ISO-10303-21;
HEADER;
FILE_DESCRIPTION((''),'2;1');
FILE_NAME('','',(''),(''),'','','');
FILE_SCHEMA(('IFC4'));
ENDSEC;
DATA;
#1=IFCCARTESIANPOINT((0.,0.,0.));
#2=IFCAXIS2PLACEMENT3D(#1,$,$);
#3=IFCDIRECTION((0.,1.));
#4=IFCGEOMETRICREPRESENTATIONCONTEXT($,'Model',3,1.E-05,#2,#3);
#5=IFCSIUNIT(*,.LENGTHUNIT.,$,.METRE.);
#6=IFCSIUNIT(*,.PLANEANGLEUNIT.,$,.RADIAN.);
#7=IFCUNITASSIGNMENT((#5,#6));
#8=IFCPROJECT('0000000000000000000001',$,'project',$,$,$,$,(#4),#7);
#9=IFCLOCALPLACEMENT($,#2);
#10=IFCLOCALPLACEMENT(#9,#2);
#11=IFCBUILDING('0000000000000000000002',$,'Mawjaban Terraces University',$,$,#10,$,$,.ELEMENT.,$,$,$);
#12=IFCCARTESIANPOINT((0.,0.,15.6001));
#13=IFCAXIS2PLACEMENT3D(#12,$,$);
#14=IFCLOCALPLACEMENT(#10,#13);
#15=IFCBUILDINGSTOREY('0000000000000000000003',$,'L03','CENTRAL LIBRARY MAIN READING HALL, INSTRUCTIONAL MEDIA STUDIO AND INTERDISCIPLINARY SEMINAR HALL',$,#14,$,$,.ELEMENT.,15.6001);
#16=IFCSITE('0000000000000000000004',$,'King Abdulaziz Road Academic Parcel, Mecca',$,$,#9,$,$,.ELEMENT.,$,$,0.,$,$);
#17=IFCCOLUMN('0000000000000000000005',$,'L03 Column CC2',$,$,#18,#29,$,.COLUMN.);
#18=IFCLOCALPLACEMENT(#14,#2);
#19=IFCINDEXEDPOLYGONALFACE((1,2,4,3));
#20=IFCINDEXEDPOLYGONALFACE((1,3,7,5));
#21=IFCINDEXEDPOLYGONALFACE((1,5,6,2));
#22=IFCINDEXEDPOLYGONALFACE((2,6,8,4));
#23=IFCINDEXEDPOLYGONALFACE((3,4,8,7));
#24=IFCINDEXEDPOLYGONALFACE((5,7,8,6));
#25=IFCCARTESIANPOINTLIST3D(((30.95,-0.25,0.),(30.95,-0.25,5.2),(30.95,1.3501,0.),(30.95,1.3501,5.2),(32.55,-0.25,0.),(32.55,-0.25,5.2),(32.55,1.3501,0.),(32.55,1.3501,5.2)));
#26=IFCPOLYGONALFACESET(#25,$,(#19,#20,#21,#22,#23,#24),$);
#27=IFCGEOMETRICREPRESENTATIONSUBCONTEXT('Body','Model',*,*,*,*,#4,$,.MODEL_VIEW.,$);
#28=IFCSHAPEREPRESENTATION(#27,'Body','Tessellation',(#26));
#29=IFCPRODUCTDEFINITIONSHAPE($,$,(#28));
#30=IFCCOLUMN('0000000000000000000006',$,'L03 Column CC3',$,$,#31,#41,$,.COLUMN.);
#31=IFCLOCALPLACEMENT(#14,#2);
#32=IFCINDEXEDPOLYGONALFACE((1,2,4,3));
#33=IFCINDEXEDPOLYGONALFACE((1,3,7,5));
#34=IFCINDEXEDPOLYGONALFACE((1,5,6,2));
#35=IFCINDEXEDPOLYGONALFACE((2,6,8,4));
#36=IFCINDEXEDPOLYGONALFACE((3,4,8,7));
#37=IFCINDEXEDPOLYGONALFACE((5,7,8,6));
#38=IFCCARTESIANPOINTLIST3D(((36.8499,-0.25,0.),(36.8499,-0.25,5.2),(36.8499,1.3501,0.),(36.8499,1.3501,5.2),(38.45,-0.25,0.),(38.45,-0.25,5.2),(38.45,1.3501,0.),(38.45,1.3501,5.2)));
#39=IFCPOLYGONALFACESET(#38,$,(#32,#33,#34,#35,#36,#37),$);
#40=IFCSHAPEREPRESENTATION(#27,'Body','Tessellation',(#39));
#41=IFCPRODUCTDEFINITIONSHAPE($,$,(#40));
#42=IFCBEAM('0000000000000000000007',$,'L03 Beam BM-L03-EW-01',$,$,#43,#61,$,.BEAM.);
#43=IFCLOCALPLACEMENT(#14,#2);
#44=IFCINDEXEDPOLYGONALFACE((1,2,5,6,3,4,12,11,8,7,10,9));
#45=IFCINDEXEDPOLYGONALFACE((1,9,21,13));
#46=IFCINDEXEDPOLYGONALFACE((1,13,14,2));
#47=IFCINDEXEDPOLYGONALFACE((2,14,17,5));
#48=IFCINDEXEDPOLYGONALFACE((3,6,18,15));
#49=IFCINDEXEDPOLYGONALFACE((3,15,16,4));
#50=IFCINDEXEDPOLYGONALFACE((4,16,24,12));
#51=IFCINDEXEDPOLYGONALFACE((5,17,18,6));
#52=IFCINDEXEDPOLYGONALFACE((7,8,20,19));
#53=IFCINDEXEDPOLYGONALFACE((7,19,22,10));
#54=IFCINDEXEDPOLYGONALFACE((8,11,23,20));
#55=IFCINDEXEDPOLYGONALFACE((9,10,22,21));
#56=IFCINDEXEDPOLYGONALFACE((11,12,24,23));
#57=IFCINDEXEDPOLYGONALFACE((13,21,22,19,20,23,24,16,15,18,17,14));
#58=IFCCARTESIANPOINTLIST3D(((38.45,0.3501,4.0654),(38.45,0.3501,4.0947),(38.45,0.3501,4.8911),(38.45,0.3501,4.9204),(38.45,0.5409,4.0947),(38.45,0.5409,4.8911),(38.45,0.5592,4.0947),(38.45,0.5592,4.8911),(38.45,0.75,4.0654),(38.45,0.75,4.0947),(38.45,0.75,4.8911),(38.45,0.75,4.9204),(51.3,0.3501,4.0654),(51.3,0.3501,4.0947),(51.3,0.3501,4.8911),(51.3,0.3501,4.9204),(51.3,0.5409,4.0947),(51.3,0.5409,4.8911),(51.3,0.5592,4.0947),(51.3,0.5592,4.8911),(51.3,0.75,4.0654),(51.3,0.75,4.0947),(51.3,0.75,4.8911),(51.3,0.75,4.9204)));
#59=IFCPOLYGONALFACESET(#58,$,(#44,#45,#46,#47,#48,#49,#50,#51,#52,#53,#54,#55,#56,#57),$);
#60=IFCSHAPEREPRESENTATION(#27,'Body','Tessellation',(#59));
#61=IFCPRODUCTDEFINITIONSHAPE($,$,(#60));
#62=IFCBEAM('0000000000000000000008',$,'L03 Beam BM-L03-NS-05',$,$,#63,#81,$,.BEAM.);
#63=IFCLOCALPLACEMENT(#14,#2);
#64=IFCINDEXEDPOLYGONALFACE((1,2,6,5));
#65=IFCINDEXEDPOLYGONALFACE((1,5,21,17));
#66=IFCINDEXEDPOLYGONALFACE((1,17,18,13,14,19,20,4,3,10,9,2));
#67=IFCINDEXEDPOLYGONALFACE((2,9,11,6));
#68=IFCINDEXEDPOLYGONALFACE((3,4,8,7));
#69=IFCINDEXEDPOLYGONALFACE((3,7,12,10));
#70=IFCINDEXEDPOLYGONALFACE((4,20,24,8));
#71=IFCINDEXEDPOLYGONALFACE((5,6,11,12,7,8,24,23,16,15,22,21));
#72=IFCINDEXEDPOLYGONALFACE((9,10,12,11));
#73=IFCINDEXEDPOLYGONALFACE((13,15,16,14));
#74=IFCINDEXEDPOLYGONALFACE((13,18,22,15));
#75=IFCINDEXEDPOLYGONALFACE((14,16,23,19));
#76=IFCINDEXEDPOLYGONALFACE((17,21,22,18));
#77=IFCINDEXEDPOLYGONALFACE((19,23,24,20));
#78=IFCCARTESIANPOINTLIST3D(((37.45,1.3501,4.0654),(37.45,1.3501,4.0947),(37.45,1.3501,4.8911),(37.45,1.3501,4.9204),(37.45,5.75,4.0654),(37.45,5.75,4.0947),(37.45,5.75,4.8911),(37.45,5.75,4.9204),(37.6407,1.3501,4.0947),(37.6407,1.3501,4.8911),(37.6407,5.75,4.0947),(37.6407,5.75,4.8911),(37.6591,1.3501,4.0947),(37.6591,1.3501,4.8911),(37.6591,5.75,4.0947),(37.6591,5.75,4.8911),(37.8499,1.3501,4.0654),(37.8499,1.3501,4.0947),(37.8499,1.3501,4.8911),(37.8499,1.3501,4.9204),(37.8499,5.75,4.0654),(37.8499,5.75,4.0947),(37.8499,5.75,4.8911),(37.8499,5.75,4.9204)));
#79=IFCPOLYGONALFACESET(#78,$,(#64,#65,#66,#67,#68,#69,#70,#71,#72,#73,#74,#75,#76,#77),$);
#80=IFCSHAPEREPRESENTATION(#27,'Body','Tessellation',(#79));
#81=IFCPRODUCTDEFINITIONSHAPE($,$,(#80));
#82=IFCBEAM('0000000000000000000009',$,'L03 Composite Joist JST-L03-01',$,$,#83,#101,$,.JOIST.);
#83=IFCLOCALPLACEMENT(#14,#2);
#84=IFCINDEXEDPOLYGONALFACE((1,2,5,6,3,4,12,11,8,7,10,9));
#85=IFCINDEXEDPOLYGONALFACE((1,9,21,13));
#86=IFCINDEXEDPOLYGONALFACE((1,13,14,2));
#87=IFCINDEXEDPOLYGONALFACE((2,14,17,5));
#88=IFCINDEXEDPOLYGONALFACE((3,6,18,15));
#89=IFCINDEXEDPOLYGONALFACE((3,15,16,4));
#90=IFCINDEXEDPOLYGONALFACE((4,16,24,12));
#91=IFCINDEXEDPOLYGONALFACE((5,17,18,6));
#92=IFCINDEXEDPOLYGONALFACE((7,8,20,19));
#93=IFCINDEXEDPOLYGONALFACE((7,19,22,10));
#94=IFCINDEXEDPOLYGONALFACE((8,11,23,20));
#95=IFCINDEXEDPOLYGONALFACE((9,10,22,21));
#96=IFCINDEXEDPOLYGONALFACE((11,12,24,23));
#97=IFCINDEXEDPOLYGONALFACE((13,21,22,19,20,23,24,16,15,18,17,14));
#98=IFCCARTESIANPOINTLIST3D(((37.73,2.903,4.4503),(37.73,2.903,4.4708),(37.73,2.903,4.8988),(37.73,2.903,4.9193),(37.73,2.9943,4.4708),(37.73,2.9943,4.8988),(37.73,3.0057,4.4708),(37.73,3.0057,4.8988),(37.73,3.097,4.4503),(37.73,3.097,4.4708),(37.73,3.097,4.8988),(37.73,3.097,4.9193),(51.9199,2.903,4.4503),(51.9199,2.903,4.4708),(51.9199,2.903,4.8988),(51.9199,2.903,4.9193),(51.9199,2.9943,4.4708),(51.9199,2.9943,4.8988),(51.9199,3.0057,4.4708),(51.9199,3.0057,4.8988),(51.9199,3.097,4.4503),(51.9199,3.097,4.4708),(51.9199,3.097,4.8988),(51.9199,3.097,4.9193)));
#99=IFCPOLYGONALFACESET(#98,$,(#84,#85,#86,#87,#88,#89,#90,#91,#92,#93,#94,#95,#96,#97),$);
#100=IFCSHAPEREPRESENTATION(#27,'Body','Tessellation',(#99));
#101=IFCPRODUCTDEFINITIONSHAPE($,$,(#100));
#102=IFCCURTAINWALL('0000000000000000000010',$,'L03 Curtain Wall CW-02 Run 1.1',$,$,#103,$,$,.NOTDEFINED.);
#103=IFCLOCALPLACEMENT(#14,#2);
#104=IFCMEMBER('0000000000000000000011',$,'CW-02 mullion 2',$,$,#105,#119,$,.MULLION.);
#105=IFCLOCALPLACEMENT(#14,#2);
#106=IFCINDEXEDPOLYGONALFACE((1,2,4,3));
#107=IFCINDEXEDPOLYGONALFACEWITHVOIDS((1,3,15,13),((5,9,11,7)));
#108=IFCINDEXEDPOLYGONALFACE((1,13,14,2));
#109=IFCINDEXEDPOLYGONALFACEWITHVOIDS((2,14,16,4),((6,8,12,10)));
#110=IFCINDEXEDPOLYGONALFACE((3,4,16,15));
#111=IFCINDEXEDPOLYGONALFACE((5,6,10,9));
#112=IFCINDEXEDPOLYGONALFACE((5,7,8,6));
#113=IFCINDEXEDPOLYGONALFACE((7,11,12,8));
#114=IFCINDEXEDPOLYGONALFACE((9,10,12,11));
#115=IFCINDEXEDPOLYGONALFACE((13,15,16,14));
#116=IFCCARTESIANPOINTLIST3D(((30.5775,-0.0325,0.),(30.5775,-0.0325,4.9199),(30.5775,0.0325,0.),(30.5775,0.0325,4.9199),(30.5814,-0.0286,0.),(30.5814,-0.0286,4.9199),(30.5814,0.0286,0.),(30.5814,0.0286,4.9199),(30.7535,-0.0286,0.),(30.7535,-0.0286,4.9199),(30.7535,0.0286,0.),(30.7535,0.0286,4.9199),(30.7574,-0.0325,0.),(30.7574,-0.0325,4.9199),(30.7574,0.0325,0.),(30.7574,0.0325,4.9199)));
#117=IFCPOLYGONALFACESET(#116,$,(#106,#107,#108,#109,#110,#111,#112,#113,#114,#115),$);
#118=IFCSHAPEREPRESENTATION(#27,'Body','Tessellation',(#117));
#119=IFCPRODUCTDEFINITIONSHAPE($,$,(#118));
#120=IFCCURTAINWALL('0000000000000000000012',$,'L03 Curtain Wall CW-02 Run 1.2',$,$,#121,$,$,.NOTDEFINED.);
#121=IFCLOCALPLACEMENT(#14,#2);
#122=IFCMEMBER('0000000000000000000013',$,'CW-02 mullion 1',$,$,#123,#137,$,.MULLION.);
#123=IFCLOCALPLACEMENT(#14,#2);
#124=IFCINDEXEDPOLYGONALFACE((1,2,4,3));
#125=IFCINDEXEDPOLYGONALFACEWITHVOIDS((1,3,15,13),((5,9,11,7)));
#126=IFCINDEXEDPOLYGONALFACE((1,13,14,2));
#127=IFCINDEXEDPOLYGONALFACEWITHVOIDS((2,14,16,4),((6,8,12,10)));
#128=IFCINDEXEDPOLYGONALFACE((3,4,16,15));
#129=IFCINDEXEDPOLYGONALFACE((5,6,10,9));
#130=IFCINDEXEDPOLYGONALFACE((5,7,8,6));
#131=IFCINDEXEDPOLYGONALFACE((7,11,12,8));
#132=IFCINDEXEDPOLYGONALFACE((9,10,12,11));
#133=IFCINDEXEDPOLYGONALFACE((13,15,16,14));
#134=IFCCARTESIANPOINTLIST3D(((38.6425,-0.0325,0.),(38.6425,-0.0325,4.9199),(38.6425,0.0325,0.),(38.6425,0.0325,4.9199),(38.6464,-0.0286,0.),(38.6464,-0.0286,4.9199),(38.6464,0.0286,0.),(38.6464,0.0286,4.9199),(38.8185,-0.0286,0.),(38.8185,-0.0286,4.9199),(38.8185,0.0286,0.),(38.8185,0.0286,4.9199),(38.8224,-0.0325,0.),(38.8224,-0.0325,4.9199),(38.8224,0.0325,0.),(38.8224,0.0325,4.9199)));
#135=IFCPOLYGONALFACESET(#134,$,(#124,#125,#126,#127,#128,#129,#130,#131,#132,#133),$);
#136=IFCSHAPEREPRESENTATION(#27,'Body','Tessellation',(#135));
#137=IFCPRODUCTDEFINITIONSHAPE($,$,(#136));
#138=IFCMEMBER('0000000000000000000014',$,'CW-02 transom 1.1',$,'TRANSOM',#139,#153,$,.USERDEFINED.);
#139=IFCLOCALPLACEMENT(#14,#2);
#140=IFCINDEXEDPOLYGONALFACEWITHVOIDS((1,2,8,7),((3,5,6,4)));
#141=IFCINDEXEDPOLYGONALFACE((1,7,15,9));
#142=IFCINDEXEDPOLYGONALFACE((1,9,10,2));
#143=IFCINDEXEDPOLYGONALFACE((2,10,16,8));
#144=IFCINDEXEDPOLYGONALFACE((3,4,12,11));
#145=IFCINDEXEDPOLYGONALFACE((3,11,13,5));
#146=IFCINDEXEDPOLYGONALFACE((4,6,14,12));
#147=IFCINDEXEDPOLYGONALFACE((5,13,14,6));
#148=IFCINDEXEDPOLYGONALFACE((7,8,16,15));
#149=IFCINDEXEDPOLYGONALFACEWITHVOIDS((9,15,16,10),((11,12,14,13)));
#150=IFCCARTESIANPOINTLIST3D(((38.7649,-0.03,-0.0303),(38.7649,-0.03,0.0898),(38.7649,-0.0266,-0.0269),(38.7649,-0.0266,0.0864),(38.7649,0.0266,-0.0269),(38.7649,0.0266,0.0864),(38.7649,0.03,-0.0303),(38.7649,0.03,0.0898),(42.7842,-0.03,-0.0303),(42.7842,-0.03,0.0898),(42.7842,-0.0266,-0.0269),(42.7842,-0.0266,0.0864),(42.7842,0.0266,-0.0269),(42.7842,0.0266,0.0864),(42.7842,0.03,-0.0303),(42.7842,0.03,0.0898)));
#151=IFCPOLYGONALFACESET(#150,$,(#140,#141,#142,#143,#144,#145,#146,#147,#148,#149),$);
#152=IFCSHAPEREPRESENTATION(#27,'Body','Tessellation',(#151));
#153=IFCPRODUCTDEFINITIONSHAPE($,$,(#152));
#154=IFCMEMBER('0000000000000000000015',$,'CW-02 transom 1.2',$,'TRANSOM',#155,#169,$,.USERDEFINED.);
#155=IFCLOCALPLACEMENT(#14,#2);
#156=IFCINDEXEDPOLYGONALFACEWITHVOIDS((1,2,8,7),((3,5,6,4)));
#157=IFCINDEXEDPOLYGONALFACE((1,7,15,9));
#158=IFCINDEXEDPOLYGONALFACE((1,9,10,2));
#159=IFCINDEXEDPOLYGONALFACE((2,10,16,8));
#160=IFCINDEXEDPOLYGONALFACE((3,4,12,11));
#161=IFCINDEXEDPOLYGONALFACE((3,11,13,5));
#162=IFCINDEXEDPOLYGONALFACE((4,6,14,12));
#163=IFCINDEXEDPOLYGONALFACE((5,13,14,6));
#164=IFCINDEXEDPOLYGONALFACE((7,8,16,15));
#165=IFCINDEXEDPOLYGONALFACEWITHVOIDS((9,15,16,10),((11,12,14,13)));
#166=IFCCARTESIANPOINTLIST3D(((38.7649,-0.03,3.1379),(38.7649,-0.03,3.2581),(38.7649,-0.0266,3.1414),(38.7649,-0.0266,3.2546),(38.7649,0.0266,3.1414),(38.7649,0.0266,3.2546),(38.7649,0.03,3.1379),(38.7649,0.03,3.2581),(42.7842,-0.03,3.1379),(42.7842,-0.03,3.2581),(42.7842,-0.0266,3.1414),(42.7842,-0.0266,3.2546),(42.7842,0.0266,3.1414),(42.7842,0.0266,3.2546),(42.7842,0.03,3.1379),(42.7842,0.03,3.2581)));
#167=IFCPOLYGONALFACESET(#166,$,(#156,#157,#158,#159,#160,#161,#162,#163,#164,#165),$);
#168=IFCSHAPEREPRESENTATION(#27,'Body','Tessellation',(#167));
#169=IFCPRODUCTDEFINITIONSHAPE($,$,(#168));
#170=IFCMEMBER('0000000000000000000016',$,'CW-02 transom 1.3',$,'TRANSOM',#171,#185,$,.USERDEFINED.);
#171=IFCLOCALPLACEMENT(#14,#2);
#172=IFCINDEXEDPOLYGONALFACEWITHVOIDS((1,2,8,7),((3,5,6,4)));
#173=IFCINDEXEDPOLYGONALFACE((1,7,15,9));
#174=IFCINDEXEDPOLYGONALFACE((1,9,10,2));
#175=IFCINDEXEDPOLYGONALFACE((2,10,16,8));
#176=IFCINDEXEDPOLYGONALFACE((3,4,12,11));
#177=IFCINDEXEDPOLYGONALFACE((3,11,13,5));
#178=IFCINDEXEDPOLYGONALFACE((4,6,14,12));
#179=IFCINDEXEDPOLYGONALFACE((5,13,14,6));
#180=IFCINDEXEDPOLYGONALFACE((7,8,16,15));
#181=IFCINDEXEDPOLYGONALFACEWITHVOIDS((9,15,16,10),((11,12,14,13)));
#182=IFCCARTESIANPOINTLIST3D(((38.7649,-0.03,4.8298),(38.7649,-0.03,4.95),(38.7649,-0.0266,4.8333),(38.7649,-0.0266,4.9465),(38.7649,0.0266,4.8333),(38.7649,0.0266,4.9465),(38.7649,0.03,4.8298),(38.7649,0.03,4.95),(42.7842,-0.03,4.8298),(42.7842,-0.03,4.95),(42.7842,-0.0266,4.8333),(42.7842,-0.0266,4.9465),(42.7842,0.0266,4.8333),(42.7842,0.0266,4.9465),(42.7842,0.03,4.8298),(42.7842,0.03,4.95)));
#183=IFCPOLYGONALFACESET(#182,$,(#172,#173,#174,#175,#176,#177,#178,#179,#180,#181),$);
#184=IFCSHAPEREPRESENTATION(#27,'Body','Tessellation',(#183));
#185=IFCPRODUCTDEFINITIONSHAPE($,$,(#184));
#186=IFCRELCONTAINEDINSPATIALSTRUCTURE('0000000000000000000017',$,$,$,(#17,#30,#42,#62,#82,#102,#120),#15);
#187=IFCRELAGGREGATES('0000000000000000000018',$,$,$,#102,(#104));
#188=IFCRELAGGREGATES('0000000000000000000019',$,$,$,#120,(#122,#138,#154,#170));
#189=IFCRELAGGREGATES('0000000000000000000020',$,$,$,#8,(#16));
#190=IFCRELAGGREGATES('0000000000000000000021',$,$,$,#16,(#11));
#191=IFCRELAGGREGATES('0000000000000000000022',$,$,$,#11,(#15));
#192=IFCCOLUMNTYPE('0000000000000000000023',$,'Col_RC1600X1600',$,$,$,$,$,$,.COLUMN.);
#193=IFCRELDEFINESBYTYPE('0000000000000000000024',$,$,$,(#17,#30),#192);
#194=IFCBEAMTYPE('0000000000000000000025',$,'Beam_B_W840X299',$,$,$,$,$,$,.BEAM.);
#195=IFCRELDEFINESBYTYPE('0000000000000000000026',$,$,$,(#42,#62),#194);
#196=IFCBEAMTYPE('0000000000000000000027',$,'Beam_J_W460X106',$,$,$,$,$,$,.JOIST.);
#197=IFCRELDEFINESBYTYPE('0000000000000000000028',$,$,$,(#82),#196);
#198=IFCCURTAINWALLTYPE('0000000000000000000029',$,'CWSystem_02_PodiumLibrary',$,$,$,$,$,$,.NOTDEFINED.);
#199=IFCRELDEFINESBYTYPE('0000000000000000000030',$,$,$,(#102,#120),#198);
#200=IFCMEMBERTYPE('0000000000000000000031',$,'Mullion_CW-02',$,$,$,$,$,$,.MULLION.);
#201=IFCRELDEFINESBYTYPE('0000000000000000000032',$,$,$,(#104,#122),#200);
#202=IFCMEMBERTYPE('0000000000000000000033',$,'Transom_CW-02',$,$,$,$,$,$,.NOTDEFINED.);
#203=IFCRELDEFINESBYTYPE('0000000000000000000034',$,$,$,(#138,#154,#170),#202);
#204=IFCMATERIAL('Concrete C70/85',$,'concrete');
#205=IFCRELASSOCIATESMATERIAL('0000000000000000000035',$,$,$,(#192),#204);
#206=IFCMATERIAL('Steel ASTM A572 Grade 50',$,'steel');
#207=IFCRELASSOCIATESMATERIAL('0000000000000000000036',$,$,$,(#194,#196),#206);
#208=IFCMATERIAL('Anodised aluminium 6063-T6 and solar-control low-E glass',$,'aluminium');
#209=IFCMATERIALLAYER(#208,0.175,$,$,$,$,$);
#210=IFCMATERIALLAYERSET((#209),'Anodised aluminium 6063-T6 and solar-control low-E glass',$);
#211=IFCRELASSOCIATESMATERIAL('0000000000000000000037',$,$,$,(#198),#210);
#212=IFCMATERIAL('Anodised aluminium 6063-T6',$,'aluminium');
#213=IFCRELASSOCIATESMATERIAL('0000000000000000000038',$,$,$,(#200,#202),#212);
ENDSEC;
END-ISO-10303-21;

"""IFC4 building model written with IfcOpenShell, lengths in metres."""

from ifc_helpers import new_model, si_unit, direction, frame, origin, origin_2d, place, context, subcontext, project, spatial, rectangle, hollow_rectangle, i_section, extrude, material, layer, layer_set, material_profile, profile_set, type_object, element, aggregate, save


model = new_model("IFC4")

# Units and contexts
model_context = context("Model", 3, precision=1e-05, world=origin(), true_north=direction((0.0, 1.0)))
body_context = subcontext(model_context, "Body", "Model", "MODEL_VIEW")
ifc_project = project(units=[si_unit("LENGTHUNIT", "METRE"), si_unit("PLANEANGLEUNIT", "RADIAN")], contexts=[model_context])

# Site, building, storey
site_placement = place(None, origin())
site = spatial("IfcSite", under=ifc_project, at=site_placement, Name="King Abdulaziz Road Academic Parcel, Mecca", CompositionType="ELEMENT", RefElevation=0.0)
building_placement = place(site_placement, origin())
building = spatial("IfcBuilding", under=site, at=building_placement, Name="Mawjaban Terraces University", CompositionType="ELEMENT")
storey_placement = place(building_placement, frame((0.0, 0.0, 15.6001)))
storey = spatial("IfcBuildingStorey", under=building, at=storey_placement, Name="L03", Description="CENTRAL LIBRARY MAIN READING HALL, INSTRUCTIONAL MEDIA STUDIO AND INTERDISCIPLINARY SEMINAR HALL", CompositionType="ELEMENT", Elevation=15.6001)

# Columns
ifc_material_1 = material(Name="Concrete C70/85", Category="concrete")
ifc_material_profile_1 = material_profile(ifc_material_1, rectangle(XDim=1.6001, YDim=1.6001, at=origin_2d()), Name="RC1600X1600")
ifc_profile_set_1 = profile_set([ifc_material_profile_1], Name="Concrete C70/85")
column_type = type_object("IfcColumnType", Name="Col_RC1600X1600", PredefinedType="COLUMN", material=ifc_profile_set_1)
for number, where, z_axis, x_axis, name in (
    (1, (31.75, 0.55, 0.0), (0.0, 0.0, 1.0), (1.0, 0.0, 0.0), "L03 Column CC2"),
    (2, (37.6499, 0.55, 0.0), (0.0, 0.0, 1.0), (1.0, 0.0, 0.0), "L03 Column CC3"),
):
    element("IfcColumn", number, at=place(storey_placement, frame(where, z_axis=z_axis, x_axis=x_axis)), inside=storey, type_object=column_type, Name=name, PredefinedType="COLUMN", context=body_context, shape_type="SweptSolid", body=[
        extrude(rectangle(XDim=1.6001, YDim=1.6001, at=origin_2d()), origin(), (0.0, 0.0, 1.0), 5.2),
    ])

# Beams
ifc_material_2 = material(Name="Steel ASTM A572 Grade 50", Category="steel")
ifc_material_profile_2 = material_profile(ifc_material_2, i_section(OverallWidth=0.3999, OverallDepth=0.855, WebThickness=0.0183, FlangeThickness=0.0293, at=origin_2d()), Name="W840X299")
ifc_profile_set_2 = profile_set([ifc_material_profile_2], Name="Steel ASTM A572 Grade 50")
beam_type_1 = type_object("IfcBeamType", Name="Beam_B_W840X299", PredefinedType="BEAM", material=ifc_profile_set_2)
beam_1_placement = place(storey_placement, frame((38.45, 0.55, 4.4929), z_axis=(1.0, 0.0, 0.0), x_axis=(0.0, 1.0, 0.0)))
element("IfcBeam", 3, at=beam_1_placement, inside=storey, type_object=beam_type_1, Name="L03 Beam BM-L03-EW-01", PredefinedType="BEAM", context=body_context, shape_type="SweptSolid", body=[
    extrude(i_section(OverallWidth=0.3999, OverallDepth=0.855, WebThickness=0.0183, FlangeThickness=0.0293, at=origin_2d()), origin(), (0.0, 0.0, 1.0), 12.8501),
])
beam_2_placement = place(storey_placement, frame((37.6499, 1.3501, 4.4929), z_axis=(0.0, 1.0, 0.0), x_axis=(-1.0, 0.0, 0.0)))
element("IfcBeam", 4, at=beam_2_placement, inside=storey, type_object=beam_type_1, Name="L03 Beam BM-L03-NS-05", PredefinedType="BEAM", context=body_context, shape_type="SweptSolid", body=[
    extrude(i_section(OverallWidth=0.3999, OverallDepth=0.855, WebThickness=0.0183, FlangeThickness=0.0293, at=origin_2d()), origin(), (0.0, 0.0, 1.0), 4.3999),
])
ifc_material_profile_3 = material_profile(ifc_material_2, i_section(OverallWidth=0.1941, OverallDepth=0.469, WebThickness=0.0115, FlangeThickness=0.0205, at=origin_2d()), Name="W460X106")
ifc_profile_set_3 = profile_set([ifc_material_profile_3], Name="Steel ASTM A572 Grade 50")
beam_type_2 = type_object("IfcBeamType", Name="Beam_J_W460X106", PredefinedType="JOIST", material=ifc_profile_set_3)
beam_3_placement = place(storey_placement, frame((37.73, 3.0, 4.6848), z_axis=(1.0, 0.0, 0.0), x_axis=(0.0, 1.0, 0.0)))
element("IfcBeam", 5, at=beam_3_placement, inside=storey, type_object=beam_type_2, Name="L03 Composite Joist JST-L03-01", PredefinedType="JOIST", context=body_context, shape_type="SweptSolid", body=[
    extrude(i_section(OverallWidth=0.1941, OverallDepth=0.469, WebThickness=0.0115, FlangeThickness=0.0205, at=origin_2d()), origin(), (0.0, 0.0, 1.0), 14.1899),
])

# Curtain wall, member
ifc_material_3 = material(Name="Anodised aluminium 6063-T6 and solar-control low-E glass", Category="aluminium")
ifc_layer_1 = layer(ifc_material_3, 0.175)
ifc_layer_set_1 = layer_set([ifc_layer_1], Name="Anodised aluminium 6063-T6 and solar-control low-E glass")
curtain_wall_type = type_object("IfcCurtainWallType", Name="CWSystem_02_PodiumLibrary", PredefinedType="NOTDEFINED", material=ifc_layer_set_1)
curtain_wall_1_placement = place(storey_placement, origin())
curtain_wall_1 = element("IfcCurtainWall", 6, at=curtain_wall_1_placement, inside=storey, type_object=curtain_wall_type, Name="L03 Curtain Wall CW-02 Run 1.1", PredefinedType="NOTDEFINED")
ifc_material_4 = material(Name="Anodised aluminium 6063-T6", Category="aluminium")
ifc_material_profile_4 = material_profile(ifc_material_4, hollow_rectangle(XDim=0.0649, YDim=0.1799, WallThickness=0.0039, at=origin_2d()), Name="ALU180X65X4")
ifc_profile_set_4 = profile_set([ifc_material_profile_4], Name="Anodised aluminium 6063-T6")
member_type_1 = type_object("IfcMemberType", Name="Mullion_CW-02", PredefinedType="MULLION", material=ifc_profile_set_4)
member_1_placement = place(storey_placement, frame((30.6675, 0.0, 0.0), z_axis=(0.0, 0.0, 1.0), x_axis=(0.0, 1.0, 0.0)))
member_1 = element("IfcMember", 7, at=member_1_placement, type_object=member_type_1, Name="CW-02 mullion 2", PredefinedType="MULLION", context=body_context, shape_type="SweptSolid", body=[
    extrude(hollow_rectangle(XDim=0.0649, YDim=0.1799, WallThickness=0.0039, at=origin_2d()), origin(), (0.0, 0.0, 1.0), 4.9199),
])
aggregate(curtain_wall_1, [member_1])

# Curtain wall, members
curtain_wall_2_placement = place(storey_placement, origin())
curtain_wall_2 = element("IfcCurtainWall", 8, at=curtain_wall_2_placement, inside=storey, type_object=curtain_wall_type, Name="L03 Curtain Wall CW-02 Run 1.2", PredefinedType="NOTDEFINED")
member_2_placement = place(storey_placement, frame((38.7324, 0.0, 0.0), z_axis=(0.0, 0.0, 1.0), x_axis=(0.0, 1.0, 0.0)))
member_2 = element("IfcMember", 9, at=member_2_placement, type_object=member_type_1, Name="CW-02 mullion 1", PredefinedType="MULLION", context=body_context, shape_type="SweptSolid", body=[
    extrude(hollow_rectangle(XDim=0.0649, YDim=0.1799, WallThickness=0.0039, at=origin_2d()), origin(), (0.0, 0.0, 1.0), 4.9199),
])
ifc_material_profile_5 = material_profile(ifc_material_4, hollow_rectangle(XDim=0.0601, YDim=0.1201, WallThickness=0.0034, at=origin_2d()), Name="ALU120X60X3.5")
ifc_profile_set_5 = profile_set([ifc_material_profile_5], Name="Anodised aluminium 6063-T6")
member_type_2 = type_object("IfcMemberType", Name="Transom_CW-02", PredefinedType="NOTDEFINED", material=ifc_profile_set_5)
member_3_placement = place(storey_placement, frame((38.7649, 0.0, 0.0298), z_axis=(1.0, 0.0, 0.0), x_axis=(0.0, 1.0, 0.0)))
member_3 = element("IfcMember", 10, at=member_3_placement, type_object=member_type_2, Name="CW-02 transom 1.1", ObjectType="TRANSOM", PredefinedType="USERDEFINED", context=body_context, shape_type="SweptSolid", body=[
    extrude(hollow_rectangle(XDim=0.0601, YDim=0.1201, WallThickness=0.0034, at=origin_2d()), origin(), (0.0, 0.0, 1.0), 4.0193),
])
member_4_placement = place(storey_placement, frame((38.7649, 0.0, 3.198), z_axis=(1.0, 0.0, 0.0), x_axis=(0.0, 1.0, 0.0)))
member_4 = element("IfcMember", 11, at=member_4_placement, type_object=member_type_2, Name="CW-02 transom 1.2", ObjectType="TRANSOM", PredefinedType="USERDEFINED", context=body_context, shape_type="SweptSolid", body=[
    extrude(hollow_rectangle(XDim=0.0601, YDim=0.1201, WallThickness=0.0034, at=origin_2d()), origin(), (0.0, 0.0, 1.0), 4.0193),
])
member_5_placement = place(storey_placement, frame((38.7649, 0.0, 4.8899), z_axis=(1.0, 0.0, 0.0), x_axis=(0.0, 1.0, 0.0)))
member_5 = element("IfcMember", 12, at=member_5_placement, type_object=member_type_2, Name="CW-02 transom 1.3", ObjectType="TRANSOM", PredefinedType="USERDEFINED", context=body_context, shape_type="SweptSolid", body=[
    extrude(hollow_rectangle(XDim=0.0601, YDim=0.1201, WallThickness=0.0034, at=origin_2d()), origin(), (0.0, 0.0, 1.0), 4.0193),
])
aggregate(curtain_wall_2, [member_2, member_3, member_4, member_5])

save(model, "model.ifc")
